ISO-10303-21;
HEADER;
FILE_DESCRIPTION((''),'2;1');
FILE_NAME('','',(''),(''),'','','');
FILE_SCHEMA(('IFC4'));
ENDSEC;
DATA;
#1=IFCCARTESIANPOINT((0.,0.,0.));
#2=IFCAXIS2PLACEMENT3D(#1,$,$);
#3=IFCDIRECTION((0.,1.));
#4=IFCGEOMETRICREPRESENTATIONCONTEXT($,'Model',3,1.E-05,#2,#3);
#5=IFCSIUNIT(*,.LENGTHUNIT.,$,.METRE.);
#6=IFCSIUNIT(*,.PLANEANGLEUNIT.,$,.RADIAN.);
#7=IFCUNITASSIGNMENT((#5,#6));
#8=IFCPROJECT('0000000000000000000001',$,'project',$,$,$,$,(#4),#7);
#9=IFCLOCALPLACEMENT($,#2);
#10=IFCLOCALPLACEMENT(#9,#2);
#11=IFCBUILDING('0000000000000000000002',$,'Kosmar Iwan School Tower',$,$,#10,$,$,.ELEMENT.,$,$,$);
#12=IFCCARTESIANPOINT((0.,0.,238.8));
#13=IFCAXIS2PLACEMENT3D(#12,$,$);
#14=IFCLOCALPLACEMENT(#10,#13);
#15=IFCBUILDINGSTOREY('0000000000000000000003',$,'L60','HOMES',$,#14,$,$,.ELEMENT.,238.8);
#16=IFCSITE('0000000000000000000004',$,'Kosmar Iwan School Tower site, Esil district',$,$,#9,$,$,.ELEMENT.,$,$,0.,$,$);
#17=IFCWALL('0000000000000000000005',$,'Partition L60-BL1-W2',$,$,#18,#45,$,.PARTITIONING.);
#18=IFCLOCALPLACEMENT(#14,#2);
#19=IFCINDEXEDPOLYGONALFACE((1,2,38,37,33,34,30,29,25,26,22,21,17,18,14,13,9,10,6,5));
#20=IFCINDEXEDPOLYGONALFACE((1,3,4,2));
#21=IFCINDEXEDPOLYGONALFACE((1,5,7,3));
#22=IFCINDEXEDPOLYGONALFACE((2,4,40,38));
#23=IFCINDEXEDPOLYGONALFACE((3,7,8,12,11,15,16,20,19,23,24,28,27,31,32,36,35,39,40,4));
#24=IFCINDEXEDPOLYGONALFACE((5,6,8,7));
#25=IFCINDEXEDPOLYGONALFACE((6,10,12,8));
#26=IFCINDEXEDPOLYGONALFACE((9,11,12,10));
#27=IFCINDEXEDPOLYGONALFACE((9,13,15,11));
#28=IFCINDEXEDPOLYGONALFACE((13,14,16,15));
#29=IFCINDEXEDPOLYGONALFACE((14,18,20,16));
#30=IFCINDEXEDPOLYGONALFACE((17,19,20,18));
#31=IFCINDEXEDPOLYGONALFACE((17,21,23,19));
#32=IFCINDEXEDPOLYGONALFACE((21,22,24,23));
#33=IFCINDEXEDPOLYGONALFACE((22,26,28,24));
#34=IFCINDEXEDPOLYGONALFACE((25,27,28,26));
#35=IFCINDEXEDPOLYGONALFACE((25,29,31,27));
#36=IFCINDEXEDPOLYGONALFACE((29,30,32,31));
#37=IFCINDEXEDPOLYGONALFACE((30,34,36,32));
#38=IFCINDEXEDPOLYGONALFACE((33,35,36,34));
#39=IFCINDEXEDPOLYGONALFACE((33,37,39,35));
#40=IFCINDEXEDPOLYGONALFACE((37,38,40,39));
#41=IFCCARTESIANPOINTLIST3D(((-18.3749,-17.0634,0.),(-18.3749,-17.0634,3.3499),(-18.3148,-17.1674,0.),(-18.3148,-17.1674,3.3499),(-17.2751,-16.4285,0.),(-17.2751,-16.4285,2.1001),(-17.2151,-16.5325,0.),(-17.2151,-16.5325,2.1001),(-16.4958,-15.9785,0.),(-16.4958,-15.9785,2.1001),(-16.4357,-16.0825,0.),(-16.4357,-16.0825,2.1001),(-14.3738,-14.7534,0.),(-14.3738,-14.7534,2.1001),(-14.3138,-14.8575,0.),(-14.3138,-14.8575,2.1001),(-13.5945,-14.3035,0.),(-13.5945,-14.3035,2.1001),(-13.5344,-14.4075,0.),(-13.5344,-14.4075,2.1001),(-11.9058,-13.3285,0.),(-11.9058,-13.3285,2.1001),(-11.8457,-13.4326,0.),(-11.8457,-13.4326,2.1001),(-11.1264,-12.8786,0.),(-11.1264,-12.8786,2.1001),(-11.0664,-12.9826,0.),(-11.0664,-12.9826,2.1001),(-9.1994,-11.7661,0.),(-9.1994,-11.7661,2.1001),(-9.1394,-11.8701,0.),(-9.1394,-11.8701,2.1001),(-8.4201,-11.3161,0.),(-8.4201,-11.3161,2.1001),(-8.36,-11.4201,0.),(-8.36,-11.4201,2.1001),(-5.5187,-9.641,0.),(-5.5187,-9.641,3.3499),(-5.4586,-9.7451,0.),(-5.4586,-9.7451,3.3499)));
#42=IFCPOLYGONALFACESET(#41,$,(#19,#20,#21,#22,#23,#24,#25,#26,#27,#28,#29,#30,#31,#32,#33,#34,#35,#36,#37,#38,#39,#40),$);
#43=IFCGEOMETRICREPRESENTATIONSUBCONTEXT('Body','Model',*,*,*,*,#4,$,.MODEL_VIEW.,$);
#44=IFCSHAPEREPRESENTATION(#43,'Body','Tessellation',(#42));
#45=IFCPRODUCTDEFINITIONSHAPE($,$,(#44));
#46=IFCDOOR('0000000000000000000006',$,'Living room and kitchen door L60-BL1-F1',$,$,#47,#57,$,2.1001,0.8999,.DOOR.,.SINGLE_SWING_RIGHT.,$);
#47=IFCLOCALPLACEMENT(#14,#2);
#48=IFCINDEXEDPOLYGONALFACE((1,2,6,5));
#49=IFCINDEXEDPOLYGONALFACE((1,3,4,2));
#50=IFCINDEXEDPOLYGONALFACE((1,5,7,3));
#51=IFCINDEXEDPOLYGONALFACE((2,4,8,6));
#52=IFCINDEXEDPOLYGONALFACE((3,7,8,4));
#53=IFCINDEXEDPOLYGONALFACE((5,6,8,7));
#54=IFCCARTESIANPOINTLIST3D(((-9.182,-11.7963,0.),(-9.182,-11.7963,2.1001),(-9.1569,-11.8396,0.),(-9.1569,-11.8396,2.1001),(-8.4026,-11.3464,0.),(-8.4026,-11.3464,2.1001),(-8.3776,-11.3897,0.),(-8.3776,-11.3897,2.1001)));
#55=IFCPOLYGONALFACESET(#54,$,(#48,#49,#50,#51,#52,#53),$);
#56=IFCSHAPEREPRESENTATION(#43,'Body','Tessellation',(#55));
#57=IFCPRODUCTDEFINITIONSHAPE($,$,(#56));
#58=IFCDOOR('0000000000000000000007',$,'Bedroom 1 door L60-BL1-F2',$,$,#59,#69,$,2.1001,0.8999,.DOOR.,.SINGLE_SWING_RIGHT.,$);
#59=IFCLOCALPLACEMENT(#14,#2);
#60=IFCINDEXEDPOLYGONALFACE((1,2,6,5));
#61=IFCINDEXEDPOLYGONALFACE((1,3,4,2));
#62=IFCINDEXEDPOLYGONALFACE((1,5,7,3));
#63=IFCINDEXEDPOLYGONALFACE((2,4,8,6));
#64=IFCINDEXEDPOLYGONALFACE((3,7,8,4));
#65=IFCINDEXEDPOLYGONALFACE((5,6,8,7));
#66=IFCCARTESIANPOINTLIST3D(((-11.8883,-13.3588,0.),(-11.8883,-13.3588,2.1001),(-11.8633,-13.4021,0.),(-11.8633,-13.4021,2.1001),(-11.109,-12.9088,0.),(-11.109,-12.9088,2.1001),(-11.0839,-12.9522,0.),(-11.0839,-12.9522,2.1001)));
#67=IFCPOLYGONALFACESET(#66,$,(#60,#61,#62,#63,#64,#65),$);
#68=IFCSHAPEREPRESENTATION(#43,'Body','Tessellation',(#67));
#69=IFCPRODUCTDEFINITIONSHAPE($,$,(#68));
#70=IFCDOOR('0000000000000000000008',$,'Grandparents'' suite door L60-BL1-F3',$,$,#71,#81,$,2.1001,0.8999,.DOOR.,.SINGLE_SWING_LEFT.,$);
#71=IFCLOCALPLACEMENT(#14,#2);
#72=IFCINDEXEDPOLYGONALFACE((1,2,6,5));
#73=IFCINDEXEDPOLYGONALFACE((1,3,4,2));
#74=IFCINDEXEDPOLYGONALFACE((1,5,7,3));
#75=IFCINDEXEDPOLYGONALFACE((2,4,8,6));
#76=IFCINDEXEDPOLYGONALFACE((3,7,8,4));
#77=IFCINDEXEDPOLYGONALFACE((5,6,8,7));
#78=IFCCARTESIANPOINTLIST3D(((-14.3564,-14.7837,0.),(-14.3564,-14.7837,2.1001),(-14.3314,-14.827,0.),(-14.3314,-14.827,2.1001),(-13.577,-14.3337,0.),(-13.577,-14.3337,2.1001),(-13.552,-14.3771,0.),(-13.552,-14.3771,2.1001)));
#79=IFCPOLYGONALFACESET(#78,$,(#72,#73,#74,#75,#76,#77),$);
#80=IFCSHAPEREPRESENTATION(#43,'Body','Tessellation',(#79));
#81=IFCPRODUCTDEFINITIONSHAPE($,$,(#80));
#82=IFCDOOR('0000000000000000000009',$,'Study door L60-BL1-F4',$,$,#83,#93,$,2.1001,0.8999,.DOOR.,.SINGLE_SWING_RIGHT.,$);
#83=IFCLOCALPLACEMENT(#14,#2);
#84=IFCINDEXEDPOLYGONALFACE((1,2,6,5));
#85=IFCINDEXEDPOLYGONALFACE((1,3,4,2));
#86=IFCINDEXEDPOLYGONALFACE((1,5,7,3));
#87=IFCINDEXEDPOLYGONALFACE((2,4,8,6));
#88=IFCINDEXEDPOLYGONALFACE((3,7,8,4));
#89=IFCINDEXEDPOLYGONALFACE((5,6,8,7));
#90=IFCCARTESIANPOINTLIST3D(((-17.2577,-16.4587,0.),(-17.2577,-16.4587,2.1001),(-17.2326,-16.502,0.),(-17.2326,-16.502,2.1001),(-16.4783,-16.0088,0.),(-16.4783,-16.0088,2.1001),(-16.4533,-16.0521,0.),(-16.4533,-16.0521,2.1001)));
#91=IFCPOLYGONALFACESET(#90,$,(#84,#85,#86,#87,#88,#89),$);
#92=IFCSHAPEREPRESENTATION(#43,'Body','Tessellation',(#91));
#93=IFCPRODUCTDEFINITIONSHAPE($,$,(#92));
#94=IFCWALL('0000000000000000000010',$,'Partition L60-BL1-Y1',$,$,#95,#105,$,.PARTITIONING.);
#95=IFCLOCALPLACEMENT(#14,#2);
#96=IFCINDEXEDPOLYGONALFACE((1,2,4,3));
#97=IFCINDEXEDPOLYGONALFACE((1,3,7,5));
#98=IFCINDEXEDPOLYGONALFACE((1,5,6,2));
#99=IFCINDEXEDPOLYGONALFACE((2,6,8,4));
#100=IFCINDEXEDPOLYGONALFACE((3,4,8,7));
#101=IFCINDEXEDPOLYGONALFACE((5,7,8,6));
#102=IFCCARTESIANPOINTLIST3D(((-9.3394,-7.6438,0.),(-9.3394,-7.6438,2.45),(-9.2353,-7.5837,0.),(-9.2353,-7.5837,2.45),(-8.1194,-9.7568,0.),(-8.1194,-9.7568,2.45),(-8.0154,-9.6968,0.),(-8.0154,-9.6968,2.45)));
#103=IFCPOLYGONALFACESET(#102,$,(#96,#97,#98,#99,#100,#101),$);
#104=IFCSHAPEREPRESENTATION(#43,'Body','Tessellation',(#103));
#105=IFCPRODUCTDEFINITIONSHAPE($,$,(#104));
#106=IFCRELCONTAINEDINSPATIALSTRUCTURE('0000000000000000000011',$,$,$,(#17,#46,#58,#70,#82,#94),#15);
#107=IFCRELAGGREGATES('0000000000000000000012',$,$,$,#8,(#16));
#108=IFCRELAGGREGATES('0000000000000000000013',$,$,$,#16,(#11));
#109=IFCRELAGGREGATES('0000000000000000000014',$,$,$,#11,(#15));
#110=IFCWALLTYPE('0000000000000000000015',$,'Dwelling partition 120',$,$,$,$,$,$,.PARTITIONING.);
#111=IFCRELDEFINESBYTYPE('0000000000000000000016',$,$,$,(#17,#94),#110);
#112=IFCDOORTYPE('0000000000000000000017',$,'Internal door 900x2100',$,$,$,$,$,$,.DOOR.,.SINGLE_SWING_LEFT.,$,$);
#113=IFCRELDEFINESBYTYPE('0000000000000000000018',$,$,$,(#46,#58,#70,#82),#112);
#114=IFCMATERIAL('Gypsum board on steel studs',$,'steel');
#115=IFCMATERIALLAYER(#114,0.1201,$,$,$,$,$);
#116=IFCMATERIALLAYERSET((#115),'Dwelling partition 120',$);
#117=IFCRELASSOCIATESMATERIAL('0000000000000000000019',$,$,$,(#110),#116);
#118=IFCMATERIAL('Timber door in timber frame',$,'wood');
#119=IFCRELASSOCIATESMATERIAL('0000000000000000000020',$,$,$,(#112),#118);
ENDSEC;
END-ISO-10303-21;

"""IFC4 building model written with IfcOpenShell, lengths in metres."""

from ifc_helpers import new_model, si_unit, direction, frame, frame_2d, origin, place, context, subcontext, project, spatial, rectangle, extrude, material, layer, layer_set, type_object, element, fill, save


model = new_model("IFC4")

# Units and contexts
model_context = context("Model", 3, precision=1e-05, world=origin(), true_north=direction((0.0, 1.0)))
body_context = subcontext(model_context, "Body", "Model", "MODEL_VIEW")
ifc_project = project(units=[si_unit("LENGTHUNIT", "METRE"), si_unit("PLANEANGLEUNIT", "RADIAN")], contexts=[model_context])

# Site, building, storey
site_placement = place(None, origin())
site = spatial("IfcSite", under=ifc_project, at=site_placement, Name="Kosmar Iwan School Tower site, Esil district", CompositionType="ELEMENT", RefElevation=0.0)
building_placement = place(site_placement, origin())
building = spatial("IfcBuilding", under=site, at=building_placement, Name="Kosmar Iwan School Tower", CompositionType="ELEMENT")
storey_placement = place(building_placement, frame((0.0, 0.0, 238.8)))
storey = spatial("IfcBuildingStorey", under=building, at=storey_placement, Name="L60", Description="HOMES", CompositionType="ELEMENT", Elevation=238.8)

# Wall, openings, doors
ifc_material_1 = material(Name="Gypsum board on steel studs", Category="steel")
ifc_layer_1 = layer(ifc_material_1, 0.1201)
ifc_layer_set_1 = layer_set([ifc_layer_1], Name="Dwelling partition 120")
wall_type_1 = type_object("IfcWallType", Name="Dwelling partition 120", PredefinedType="PARTITIONING", material=ifc_layer_set_1)
ifc_material_2 = material(Name="Timber door in timber frame", Category="wood")
door_type_1 = type_object("IfcDoorType", Name="Internal door 900x2100", OperationType="SINGLE_SWING_LEFT", PredefinedType="DOOR", material=ifc_material_2)
wall_1_placement = place(storey_placement, frame((-5.4888, -9.6931, 0.0), z_axis=(0.0, 0.0, 1.0), x_axis=(-0.86603, -0.499992, 0.0)))
wall_1 = element("IfcWall", 1, at=wall_1_placement, inside=storey, type_object=wall_type_1, Name="Partition L60-BL1-W2", PredefinedType="PARTITIONING", context=body_context, shape_type="SweptSolid", body=[
    extrude(rectangle(XDim=14.845, YDim=0.1201, at=frame_2d((7.4224, 0.0))), origin(), (0.0, 0.0, 1.0), 3.3499),
])
opening_1_placement = place(wall_1_placement, frame((3.3501, 0.0, 0.0)))
opening_1 = element("IfcOpeningElement", 2, at=opening_1_placement, cuts=wall_1, PredefinedType="OPENING", context=body_context, shape_type="SweptSolid", body=[
    extrude(rectangle(XDim=0.8999, YDim=2.1001, at=frame_2d((0.45, 1.05))), frame((0.0, 0.072, 0.0), z_axis=(0.0, -1.0, 0.0), x_axis=(1.0, 0.0, 0.0)), (0.0, 0.0, 1.0), 0.144),
])
opening_2_placement = place(wall_1_placement, frame((6.4751, 0.0, 0.0)))
opening_2 = element("IfcOpeningElement", 3, at=opening_2_placement, cuts=wall_1, PredefinedType="OPENING", context=body_context, shape_type="SweptSolid", body=[
    extrude(rectangle(XDim=0.8999, YDim=2.1001, at=frame_2d((0.45, 1.05))), frame((0.0, 0.072, 0.0), z_axis=(0.0, -1.0, 0.0), x_axis=(1.0, 0.0, 0.0)), (0.0, 0.0, 1.0), 0.144),
])
opening_3_placement = place(wall_1_placement, frame((9.325, 0.0, 0.0)))
opening_3 = element("IfcOpeningElement", 4, at=opening_3_placement, cuts=wall_1, PredefinedType="OPENING", context=body_context, shape_type="SweptSolid", body=[
    extrude(rectangle(XDim=0.8999, YDim=2.1001, at=frame_2d((0.45, 1.05))), frame((0.0, 0.072, 0.0), z_axis=(0.0, -1.0, 0.0), x_axis=(1.0, 0.0, 0.0)), (0.0, 0.0, 1.0), 0.144),
])
opening_4_placement = place(wall_1_placement, frame((12.675, 0.0, 0.0)))
opening_4 = element("IfcOpeningElement", 5, at=opening_4_placement, cuts=wall_1, PredefinedType="OPENING", context=body_context, shape_type="SweptSolid", body=[
    extrude(rectangle(XDim=0.8999, YDim=2.1001, at=frame_2d((0.45, 1.05))), frame((0.0, 0.072, 0.0), z_axis=(0.0, -1.0, 0.0), x_axis=(1.0, 0.0, 0.0)), (0.0, 0.0, 1.0), 0.144),
])
door_1_placement = place(opening_1_placement, origin())
door_1 = element("IfcDoor", 6, at=door_1_placement, inside=storey, type_object=door_type_1, Name="Living room and kitchen door L60-BL1-F1", OperationType="SINGLE_SWING_RIGHT", OverallHeight=2.1001, OverallWidth=0.8999, PredefinedType="DOOR", context=body_context, shape_type="SweptSolid", body=[
    extrude(rectangle(XDim=0.8999, YDim=2.1001, at=frame_2d((0.45, 1.05))), frame((0.0, 0.0249, 0.0), z_axis=(0.0, -1.0, 0.0), x_axis=(1.0, 0.0, 0.0)), (0.0, 0.0, 1.0), 0.05),
])
fill(opening_1, door_1)
door_2_placement = place(opening_2_placement, origin())
door_2 = element("IfcDoor", 7, at=door_2_placement, inside=storey, type_object=door_type_1, Name="Bedroom 1 door L60-BL1-F2", OperationType="SINGLE_SWING_RIGHT", OverallHeight=2.1001, OverallWidth=0.8999, PredefinedType="DOOR", context=body_context, shape_type="SweptSolid", body=[
    extrude(rectangle(XDim=0.8999, YDim=2.1001, at=frame_2d((0.45, 1.05))), frame((0.0, 0.0249, 0.0), z_axis=(0.0, -1.0, 0.0), x_axis=(1.0, 0.0, 0.0)), (0.0, 0.0, 1.0), 0.05),
])
fill(opening_2, door_2)
door_3_placement = place(opening_3_placement, origin())
door_3 = element("IfcDoor", 8, at=door_3_placement, inside=storey, type_object=door_type_1, Name="Grandparents' suite door L60-BL1-F3", OperationType="SINGLE_SWING_LEFT", OverallHeight=2.1001, OverallWidth=0.8999, PredefinedType="DOOR", context=body_context, shape_type="SweptSolid", body=[
    extrude(rectangle(XDim=0.8999, YDim=2.1001, at=frame_2d((0.45, 1.05))), frame((0.0, 0.0249, 0.0), z_axis=(0.0, -1.0, 0.0), x_axis=(1.0, 0.0, 0.0)), (0.0, 0.0, 1.0), 0.05),
])
fill(opening_3, door_3)
door_4_placement = place(opening_4_placement, origin())
door_4 = element("IfcDoor", 9, at=door_4_placement, inside=storey, type_object=door_type_1, Name="Study door L60-BL1-F4", OperationType="SINGLE_SWING_RIGHT", OverallHeight=2.1001, OverallWidth=0.8999, PredefinedType="DOOR", context=body_context, shape_type="SweptSolid", body=[
    extrude(rectangle(XDim=0.8999, YDim=2.1001, at=frame_2d((0.45, 1.05))), frame((0.0, 0.0249, 0.0), z_axis=(0.0, -1.0, 0.0), x_axis=(1.0, 0.0, 0.0)), (0.0, 0.0, 1.0), 0.05),
])
fill(opening_4, door_4)

# Wall
wall_2_placement = place(storey_placement, frame((-9.2874, -7.6138, 0.0), z_axis=(0.0, 0.0, 1.0), x_axis=(0.500003, -0.866024, 0.0)))
element("IfcWall", 10, at=wall_2_placement, inside=storey, type_object=wall_type_1, Name="Partition L60-BL1-Y1", PredefinedType="PARTITIONING", context=body_context, shape_type="SweptSolid", body=[
    extrude(rectangle(XDim=2.4399, YDim=0.1201, at=frame_2d((1.22, 0.0))), origin(), (0.0, 0.0, 1.0), 2.45),
])

save(model, "model.ifc")
